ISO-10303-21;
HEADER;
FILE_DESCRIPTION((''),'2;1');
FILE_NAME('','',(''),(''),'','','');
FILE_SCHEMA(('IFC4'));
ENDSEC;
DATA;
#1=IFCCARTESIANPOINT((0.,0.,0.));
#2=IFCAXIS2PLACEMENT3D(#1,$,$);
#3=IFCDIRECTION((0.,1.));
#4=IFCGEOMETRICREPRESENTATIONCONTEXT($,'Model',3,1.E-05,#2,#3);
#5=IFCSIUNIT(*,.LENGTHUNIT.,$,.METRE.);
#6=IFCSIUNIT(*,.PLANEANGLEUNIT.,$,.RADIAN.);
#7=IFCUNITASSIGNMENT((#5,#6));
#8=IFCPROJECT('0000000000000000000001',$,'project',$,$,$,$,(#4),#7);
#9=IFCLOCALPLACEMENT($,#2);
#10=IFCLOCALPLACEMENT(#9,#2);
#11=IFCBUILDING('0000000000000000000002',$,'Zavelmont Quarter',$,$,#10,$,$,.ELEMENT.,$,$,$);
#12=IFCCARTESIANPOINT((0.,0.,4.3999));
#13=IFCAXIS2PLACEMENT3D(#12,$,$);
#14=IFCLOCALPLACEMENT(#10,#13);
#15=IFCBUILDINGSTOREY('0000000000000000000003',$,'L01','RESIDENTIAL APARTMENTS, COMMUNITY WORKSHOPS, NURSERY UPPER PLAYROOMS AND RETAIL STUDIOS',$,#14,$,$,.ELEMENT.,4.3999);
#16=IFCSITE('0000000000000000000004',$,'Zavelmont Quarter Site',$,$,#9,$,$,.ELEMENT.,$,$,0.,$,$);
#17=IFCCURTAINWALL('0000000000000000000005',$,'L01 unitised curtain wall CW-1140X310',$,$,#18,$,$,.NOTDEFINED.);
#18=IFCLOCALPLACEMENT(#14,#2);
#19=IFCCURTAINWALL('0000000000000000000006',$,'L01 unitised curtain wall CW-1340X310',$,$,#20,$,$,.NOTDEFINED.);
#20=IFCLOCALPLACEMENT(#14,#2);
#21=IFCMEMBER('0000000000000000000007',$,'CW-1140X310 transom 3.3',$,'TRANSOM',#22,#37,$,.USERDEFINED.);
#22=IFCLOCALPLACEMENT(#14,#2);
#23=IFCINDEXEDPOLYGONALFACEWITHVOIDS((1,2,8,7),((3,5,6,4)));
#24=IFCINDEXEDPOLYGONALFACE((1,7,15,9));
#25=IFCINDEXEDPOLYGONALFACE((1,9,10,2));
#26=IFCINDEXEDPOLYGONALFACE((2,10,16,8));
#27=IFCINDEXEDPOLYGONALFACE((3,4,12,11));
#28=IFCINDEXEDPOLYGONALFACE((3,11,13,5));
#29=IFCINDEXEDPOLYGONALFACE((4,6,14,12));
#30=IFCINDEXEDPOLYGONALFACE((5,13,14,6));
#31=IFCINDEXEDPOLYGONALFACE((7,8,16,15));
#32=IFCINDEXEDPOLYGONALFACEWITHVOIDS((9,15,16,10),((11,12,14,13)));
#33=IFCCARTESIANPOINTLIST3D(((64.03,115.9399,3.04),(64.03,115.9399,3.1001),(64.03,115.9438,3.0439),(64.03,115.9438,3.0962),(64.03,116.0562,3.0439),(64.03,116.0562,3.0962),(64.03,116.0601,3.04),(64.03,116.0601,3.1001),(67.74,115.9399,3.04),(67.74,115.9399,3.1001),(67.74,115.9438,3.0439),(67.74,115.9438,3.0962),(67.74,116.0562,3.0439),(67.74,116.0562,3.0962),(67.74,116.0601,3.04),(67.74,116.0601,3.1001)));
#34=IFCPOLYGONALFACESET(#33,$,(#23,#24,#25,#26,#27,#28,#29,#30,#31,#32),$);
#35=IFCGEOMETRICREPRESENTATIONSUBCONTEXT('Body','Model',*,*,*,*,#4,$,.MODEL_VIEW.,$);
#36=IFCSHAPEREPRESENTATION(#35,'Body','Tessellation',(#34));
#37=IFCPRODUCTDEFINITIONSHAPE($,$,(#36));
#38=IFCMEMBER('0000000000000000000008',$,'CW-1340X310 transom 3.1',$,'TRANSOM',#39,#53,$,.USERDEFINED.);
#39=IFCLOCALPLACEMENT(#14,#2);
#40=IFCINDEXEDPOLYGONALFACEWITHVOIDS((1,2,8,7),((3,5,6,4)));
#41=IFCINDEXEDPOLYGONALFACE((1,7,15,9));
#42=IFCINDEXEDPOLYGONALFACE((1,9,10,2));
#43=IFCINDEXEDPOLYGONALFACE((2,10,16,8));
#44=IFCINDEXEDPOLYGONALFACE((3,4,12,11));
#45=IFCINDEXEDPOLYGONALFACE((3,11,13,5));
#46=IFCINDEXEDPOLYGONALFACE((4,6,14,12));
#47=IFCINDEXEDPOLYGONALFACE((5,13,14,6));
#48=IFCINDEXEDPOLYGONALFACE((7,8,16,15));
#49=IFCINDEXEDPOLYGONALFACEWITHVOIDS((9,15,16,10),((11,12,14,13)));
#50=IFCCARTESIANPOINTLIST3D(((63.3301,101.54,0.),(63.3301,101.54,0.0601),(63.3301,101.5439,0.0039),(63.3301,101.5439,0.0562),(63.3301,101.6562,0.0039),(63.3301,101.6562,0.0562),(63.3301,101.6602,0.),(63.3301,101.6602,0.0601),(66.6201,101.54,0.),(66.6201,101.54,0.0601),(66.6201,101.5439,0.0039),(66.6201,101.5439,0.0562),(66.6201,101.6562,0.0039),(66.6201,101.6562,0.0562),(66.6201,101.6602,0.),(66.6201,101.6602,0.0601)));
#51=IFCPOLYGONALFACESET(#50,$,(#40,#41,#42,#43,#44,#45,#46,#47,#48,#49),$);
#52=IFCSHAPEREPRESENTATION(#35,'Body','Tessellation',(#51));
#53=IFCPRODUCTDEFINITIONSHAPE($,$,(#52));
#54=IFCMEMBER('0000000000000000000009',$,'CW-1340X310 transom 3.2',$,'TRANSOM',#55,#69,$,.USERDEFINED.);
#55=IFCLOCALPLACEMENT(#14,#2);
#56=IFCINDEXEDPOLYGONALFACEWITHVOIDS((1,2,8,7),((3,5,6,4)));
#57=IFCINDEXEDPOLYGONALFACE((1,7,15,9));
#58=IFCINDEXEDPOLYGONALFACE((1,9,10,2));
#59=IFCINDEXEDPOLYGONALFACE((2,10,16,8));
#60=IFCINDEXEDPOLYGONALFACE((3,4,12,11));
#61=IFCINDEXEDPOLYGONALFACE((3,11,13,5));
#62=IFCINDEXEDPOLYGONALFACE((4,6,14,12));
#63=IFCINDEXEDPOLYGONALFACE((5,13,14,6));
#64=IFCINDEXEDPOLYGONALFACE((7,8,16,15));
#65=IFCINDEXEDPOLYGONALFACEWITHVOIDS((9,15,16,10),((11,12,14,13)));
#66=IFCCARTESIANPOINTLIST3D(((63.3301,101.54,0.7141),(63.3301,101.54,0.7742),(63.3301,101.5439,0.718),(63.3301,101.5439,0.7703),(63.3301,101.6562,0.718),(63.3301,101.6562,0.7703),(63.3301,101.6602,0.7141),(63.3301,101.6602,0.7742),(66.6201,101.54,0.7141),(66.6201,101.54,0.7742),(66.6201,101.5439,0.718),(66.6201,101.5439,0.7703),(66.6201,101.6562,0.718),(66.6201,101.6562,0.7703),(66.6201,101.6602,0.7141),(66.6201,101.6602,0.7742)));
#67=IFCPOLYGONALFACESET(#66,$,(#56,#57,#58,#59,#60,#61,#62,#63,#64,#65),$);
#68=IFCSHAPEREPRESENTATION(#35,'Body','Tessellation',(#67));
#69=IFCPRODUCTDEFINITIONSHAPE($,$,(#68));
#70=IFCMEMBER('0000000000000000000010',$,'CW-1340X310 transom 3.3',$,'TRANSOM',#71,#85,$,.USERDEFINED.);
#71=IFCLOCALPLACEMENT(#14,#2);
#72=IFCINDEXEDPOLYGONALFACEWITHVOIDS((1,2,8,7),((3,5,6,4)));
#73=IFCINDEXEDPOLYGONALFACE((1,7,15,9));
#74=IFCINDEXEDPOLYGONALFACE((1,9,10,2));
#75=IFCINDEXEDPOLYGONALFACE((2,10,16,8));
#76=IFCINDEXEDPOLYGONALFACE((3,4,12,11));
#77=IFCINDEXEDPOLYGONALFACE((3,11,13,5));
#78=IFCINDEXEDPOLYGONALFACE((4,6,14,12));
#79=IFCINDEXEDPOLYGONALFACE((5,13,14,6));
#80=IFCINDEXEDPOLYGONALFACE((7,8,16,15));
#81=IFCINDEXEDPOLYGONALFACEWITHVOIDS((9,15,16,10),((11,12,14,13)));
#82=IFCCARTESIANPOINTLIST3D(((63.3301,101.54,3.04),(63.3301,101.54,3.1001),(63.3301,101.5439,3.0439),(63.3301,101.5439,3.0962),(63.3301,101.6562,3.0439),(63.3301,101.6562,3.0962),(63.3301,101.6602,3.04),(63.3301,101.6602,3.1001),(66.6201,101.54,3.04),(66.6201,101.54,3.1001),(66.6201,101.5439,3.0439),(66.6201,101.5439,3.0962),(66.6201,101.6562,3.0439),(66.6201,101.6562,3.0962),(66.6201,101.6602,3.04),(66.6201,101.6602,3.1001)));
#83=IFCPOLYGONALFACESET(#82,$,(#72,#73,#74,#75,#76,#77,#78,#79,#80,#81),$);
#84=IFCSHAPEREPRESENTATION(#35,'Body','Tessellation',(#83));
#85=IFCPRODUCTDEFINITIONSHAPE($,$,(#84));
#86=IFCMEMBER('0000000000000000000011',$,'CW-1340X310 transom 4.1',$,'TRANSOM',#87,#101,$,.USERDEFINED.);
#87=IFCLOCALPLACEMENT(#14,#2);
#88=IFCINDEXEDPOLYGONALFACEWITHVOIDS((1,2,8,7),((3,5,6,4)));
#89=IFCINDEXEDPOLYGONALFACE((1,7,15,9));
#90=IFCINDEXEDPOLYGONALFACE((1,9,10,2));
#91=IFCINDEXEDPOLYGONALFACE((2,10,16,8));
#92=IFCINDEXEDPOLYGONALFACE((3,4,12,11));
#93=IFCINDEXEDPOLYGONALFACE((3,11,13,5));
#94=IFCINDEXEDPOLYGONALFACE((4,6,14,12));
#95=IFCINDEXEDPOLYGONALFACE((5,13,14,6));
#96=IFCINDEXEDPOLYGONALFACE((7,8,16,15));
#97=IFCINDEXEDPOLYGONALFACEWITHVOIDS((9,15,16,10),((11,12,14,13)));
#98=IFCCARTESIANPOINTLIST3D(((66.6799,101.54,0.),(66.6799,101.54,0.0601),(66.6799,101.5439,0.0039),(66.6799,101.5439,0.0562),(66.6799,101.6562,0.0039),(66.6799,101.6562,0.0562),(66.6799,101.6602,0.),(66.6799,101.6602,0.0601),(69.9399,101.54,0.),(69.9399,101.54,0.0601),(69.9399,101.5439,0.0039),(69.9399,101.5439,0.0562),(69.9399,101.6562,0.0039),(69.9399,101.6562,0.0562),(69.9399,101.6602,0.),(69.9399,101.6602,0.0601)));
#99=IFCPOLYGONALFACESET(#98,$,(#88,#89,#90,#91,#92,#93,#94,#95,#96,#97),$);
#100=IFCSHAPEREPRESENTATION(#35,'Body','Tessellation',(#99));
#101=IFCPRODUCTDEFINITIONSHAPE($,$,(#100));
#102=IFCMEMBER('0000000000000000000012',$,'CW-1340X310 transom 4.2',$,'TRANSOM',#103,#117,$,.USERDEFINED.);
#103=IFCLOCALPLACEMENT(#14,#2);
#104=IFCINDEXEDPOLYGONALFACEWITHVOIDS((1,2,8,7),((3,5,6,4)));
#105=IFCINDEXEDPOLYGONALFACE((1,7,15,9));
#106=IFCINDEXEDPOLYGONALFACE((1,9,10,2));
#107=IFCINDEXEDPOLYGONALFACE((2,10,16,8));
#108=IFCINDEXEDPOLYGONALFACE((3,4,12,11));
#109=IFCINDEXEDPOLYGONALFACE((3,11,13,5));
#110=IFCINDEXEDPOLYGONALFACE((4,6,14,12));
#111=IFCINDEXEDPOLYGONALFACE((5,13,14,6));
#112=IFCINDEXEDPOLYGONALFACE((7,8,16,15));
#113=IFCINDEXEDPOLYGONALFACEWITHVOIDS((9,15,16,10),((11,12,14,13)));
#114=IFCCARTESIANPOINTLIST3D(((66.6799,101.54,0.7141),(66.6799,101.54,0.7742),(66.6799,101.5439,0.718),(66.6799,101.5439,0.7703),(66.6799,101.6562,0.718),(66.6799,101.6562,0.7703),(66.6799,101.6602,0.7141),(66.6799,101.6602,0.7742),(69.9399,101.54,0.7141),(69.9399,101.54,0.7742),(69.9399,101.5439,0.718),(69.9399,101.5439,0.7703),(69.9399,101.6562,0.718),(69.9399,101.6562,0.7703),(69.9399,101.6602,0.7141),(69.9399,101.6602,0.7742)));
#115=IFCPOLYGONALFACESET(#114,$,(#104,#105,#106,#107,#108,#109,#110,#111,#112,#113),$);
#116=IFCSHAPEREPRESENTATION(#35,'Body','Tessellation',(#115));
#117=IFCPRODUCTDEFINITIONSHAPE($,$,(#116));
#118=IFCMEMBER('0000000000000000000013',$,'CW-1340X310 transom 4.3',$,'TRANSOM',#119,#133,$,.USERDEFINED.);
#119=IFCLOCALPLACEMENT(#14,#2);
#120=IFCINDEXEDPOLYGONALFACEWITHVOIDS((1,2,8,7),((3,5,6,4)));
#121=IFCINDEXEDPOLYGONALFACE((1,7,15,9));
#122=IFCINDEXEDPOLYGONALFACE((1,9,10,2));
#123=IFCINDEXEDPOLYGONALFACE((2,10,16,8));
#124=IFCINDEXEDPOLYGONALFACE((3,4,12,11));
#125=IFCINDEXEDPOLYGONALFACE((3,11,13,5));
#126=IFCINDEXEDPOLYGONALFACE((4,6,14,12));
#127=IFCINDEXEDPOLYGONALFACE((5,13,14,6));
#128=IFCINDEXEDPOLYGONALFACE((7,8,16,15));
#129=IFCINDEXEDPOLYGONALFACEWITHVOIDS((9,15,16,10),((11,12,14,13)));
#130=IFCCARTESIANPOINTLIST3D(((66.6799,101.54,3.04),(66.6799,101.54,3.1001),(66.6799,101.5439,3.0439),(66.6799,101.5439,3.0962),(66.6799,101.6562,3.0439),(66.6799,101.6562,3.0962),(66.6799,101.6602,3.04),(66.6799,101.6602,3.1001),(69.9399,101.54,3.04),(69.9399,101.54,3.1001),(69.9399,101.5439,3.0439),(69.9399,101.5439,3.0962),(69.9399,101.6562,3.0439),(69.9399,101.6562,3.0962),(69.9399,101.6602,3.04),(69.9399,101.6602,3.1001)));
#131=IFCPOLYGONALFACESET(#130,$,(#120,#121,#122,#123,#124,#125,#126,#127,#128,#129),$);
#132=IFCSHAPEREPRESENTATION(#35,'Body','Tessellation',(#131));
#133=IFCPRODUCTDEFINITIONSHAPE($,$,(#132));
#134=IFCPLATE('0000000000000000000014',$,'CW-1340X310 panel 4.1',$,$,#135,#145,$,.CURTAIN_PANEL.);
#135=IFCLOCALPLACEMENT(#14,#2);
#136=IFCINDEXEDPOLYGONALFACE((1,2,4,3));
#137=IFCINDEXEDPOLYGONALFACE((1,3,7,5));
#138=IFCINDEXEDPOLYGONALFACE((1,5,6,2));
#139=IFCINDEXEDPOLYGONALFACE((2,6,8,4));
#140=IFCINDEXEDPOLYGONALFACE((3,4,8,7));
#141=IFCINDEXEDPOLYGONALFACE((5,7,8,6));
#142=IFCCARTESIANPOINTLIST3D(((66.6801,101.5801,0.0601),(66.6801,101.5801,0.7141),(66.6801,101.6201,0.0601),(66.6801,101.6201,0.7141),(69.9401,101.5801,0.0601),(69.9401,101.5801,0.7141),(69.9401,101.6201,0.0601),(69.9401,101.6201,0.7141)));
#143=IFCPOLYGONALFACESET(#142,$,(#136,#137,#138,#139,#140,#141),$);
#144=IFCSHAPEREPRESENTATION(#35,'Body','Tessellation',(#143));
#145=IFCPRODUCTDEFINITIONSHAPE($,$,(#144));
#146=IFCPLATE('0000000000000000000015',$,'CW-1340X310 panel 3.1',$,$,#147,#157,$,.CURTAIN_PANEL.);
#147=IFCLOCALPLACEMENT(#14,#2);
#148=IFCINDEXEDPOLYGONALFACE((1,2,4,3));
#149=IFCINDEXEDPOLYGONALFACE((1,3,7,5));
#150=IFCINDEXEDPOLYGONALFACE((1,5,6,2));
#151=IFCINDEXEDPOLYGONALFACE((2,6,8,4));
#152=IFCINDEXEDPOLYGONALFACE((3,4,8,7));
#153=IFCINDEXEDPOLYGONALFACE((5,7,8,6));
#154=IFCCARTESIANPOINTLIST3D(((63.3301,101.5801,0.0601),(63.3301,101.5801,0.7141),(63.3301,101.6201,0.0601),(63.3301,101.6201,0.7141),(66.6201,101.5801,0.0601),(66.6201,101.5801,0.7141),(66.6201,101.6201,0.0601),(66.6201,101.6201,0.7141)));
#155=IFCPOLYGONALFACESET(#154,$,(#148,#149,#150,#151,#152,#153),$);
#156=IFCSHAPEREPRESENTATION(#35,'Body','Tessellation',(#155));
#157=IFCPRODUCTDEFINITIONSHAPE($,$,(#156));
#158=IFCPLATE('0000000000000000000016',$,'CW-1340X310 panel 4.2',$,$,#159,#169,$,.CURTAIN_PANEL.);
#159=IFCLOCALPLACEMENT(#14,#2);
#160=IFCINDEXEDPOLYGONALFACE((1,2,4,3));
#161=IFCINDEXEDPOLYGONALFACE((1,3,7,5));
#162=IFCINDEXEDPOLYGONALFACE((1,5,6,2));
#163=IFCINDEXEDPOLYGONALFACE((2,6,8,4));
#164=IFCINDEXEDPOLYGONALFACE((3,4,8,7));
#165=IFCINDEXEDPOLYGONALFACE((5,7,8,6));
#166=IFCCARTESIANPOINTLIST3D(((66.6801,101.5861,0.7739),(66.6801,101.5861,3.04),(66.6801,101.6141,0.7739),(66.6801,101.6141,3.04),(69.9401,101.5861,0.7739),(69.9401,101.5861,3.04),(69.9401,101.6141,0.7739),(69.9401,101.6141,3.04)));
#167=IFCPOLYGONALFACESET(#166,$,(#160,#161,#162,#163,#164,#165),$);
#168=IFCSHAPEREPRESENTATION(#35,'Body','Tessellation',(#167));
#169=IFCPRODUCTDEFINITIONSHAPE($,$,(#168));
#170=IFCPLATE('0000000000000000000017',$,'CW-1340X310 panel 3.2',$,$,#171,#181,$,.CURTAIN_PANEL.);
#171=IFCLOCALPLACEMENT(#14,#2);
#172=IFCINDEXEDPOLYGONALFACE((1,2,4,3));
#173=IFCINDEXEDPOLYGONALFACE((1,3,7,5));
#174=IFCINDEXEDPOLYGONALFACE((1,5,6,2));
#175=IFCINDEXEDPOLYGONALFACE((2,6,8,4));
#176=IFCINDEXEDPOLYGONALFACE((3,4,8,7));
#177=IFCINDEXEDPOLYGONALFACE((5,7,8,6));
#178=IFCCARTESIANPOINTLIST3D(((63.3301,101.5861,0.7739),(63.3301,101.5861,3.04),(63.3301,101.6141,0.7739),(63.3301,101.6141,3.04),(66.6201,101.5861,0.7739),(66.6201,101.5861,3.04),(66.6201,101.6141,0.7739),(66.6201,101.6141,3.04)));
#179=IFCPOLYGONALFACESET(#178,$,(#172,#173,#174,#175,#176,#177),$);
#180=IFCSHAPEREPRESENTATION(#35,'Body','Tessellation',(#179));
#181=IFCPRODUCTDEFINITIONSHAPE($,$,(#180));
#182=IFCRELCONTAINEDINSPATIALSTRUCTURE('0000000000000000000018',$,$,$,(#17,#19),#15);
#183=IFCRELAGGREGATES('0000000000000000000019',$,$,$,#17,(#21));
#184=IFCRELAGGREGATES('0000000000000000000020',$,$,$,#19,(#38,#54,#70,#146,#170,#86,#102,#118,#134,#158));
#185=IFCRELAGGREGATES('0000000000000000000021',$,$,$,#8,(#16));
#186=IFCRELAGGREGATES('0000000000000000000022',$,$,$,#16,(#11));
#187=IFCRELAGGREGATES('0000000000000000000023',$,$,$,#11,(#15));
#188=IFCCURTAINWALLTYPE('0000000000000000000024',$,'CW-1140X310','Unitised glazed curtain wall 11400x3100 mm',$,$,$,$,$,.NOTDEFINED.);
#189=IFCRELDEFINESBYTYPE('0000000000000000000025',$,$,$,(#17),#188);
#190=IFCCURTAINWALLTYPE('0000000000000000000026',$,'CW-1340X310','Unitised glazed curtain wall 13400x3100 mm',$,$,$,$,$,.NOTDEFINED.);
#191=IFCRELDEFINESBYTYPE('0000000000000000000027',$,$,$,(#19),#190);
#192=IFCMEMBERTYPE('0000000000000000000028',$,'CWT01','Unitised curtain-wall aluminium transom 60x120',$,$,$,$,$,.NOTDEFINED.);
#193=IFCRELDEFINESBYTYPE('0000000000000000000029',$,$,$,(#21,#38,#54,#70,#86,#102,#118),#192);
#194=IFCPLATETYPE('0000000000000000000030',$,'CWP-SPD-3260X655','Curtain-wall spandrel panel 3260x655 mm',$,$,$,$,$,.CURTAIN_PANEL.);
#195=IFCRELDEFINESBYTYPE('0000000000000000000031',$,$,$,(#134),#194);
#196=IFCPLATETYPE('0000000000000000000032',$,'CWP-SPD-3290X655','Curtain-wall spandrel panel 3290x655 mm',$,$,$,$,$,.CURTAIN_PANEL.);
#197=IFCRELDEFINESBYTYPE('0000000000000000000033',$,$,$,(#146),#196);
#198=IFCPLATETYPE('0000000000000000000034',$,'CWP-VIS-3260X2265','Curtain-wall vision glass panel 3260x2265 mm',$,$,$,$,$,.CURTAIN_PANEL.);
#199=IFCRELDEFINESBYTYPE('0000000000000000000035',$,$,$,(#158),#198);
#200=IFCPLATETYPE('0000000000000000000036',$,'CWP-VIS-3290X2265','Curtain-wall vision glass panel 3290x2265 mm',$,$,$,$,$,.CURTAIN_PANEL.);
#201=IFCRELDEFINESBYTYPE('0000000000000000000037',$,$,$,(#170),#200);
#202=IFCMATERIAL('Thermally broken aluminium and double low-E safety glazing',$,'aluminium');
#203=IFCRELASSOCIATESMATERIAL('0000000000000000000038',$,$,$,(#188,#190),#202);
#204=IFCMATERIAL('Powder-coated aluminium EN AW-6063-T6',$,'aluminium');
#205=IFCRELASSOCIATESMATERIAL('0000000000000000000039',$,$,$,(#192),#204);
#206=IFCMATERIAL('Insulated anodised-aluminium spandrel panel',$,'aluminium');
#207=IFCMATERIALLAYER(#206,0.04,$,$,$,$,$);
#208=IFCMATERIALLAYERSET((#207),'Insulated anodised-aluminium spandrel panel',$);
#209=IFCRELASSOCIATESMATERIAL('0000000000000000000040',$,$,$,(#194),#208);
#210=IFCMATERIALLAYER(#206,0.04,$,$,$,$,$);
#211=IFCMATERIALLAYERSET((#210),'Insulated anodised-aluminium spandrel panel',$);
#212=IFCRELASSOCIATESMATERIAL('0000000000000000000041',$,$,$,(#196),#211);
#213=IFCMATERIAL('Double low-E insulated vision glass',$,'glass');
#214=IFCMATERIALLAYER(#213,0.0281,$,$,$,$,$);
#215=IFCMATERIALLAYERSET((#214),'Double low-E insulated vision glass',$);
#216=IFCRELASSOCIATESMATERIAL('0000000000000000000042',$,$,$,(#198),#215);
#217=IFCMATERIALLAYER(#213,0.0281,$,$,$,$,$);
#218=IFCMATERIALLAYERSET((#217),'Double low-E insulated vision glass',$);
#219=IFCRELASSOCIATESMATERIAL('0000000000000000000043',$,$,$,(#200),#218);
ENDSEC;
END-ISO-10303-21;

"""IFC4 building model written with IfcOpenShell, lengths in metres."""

from ifc_helpers import new_model, si_unit, direction, frame, origin, origin_2d, place, context, subcontext, project, spatial, rectangle, hollow_rectangle, extrude, material, layer, layer_set, material_profile, profile_set, type_object, element, aggregate, save


model = new_model("IFC4")

# Units and contexts
model_context = context("Model", 3, precision=1e-05, world=origin(), true_north=direction((0.0, 1.0)))
body_context = subcontext(model_context, "Body", "Model", "MODEL_VIEW")
ifc_project = project(units=[si_unit("LENGTHUNIT", "METRE"), si_unit("PLANEANGLEUNIT", "RADIAN")], contexts=[model_context])

# Site, building, storey
site_placement = place(None, origin())
site = spatial("IfcSite", under=ifc_project, at=site_placement, Name="Zavelmont Quarter Site", CompositionType="ELEMENT", RefElevation=0.0)
building_placement = place(site_placement, origin())
building = spatial("IfcBuilding", under=site, at=building_placement, Name="Zavelmont Quarter", CompositionType="ELEMENT")
storey_placement = place(building_placement, frame((0.0, 0.0, 4.3999)))
storey = spatial("IfcBuildingStorey", under=building, at=storey_placement, Name="L01", Description="RESIDENTIAL APARTMENTS, COMMUNITY WORKSHOPS, NURSERY UPPER PLAYROOMS AND RETAIL STUDIOS", CompositionType="ELEMENT", Elevation=4.3999)

# Curtain wall
ifc_material_1 = material(Name="Thermally broken aluminium and double low-E safety glazing", Category="aluminium")
curtain_wall_type_1 = type_object("IfcCurtainWallType", Name="CW-1140X310", Description="Unitised glazed curtain wall 11400x3100 mm", PredefinedType="NOTDEFINED", material=ifc_material_1)
curtain_wall_1_placement = place(storey_placement, origin())
curtain_wall_1 = element("IfcCurtainWall", 1, at=curtain_wall_1_placement, inside=storey, type_object=curtain_wall_type_1, Name="L01 unitised curtain wall CW-1140X310", PredefinedType="NOTDEFINED")
ifc_material_2 = material(Name="Powder-coated aluminium EN AW-6063-T6", Category="aluminium")

# Curtain wall
curtain_wall_type_2 = type_object("IfcCurtainWallType", Name="CW-1340X310", Description="Unitised glazed curtain wall 13400x3100 mm", PredefinedType="NOTDEFINED", material=ifc_material_1)
curtain_wall_2_placement = place(storey_placement, origin())
curtain_wall_2 = element("IfcCurtainWall", 2, at=curtain_wall_2_placement, inside=storey, type_object=curtain_wall_type_2, Name="L01 unitised curtain wall CW-1340X310", PredefinedType="NOTDEFINED")

# Members
ifc_material_profile_1 = material_profile(ifc_material_2, hollow_rectangle(XDim=0.1201, YDim=0.0601, WallThickness=0.0039, at=origin_2d()), Name="CWT60X120")
ifc_profile_set_1 = profile_set([ifc_material_profile_1], Name="Powder-coated aluminium EN AW-6063-T6")
member_type_1 = type_object("IfcMemberType", Name="CWT01", Description="Unitised curtain-wall aluminium transom 60x120", PredefinedType="NOTDEFINED", material=ifc_profile_set_1)
member_1_placement = place(storey_placement, frame((64.03, 116.0, 3.0701), z_axis=(1.0, 0.0, 0.0), x_axis=(0.0, 1.0, 0.0)))
member_1 = element("IfcMember", 3, at=member_1_placement, type_object=member_type_1, Name="CW-1140X310 transom 3.3", ObjectType="TRANSOM", PredefinedType="USERDEFINED", context=body_context, shape_type="SweptSolid", body=[
    extrude(hollow_rectangle(XDim=0.1201, YDim=0.0601, WallThickness=0.0039, at=origin_2d()), origin(), (0.0, 0.0, 1.0), 3.71),
])
aggregate(curtain_wall_1, [member_1])
member_2_placement = place(storey_placement, frame((63.3301, 101.6001, 0.03), z_axis=(1.0, 0.0, 0.0), x_axis=(0.0, 1.0, 0.0)))
member_2 = element("IfcMember", 4, at=member_2_placement, type_object=member_type_1, Name="CW-1340X310 transom 3.1", ObjectType="TRANSOM", PredefinedType="USERDEFINED", context=body_context, shape_type="SweptSolid", body=[
    extrude(hollow_rectangle(XDim=0.1201, YDim=0.0601, WallThickness=0.0039, at=origin_2d()), origin(), (0.0, 0.0, 1.0), 3.29),
])
member_3_placement = place(storey_placement, frame((63.3301, 101.6001, 0.7441), z_axis=(1.0, 0.0, 0.0), x_axis=(0.0, 1.0, 0.0)))
member_3 = element("IfcMember", 5, at=member_3_placement, type_object=member_type_1, Name="CW-1340X310 transom 3.2", ObjectType="TRANSOM", PredefinedType="USERDEFINED", context=body_context, shape_type="SweptSolid", body=[
    extrude(hollow_rectangle(XDim=0.1201, YDim=0.0601, WallThickness=0.0039, at=origin_2d()), origin(), (0.0, 0.0, 1.0), 3.29),
])
member_4_placement = place(storey_placement, frame((63.3301, 101.6001, 3.0701), z_axis=(1.0, 0.0, 0.0), x_axis=(0.0, 1.0, 0.0)))
member_4 = element("IfcMember", 6, at=member_4_placement, type_object=member_type_1, Name="CW-1340X310 transom 3.3", ObjectType="TRANSOM", PredefinedType="USERDEFINED", context=body_context, shape_type="SweptSolid", body=[
    extrude(hollow_rectangle(XDim=0.1201, YDim=0.0601, WallThickness=0.0039, at=origin_2d()), origin(), (0.0, 0.0, 1.0), 3.29),
])
member_5_placement = place(storey_placement, frame((66.6799, 101.6001, 0.03), z_axis=(1.0, 0.0, 0.0), x_axis=(0.0, 1.0, 0.0)))
member_5 = element("IfcMember", 7, at=member_5_placement, type_object=member_type_1, Name="CW-1340X310 transom 4.1", ObjectType="TRANSOM", PredefinedType="USERDEFINED", context=body_context, shape_type="SweptSolid", body=[
    extrude(hollow_rectangle(XDim=0.1201, YDim=0.0601, WallThickness=0.0039, at=origin_2d()), origin(), (0.0, 0.0, 1.0), 3.26),
])
member_6_placement = place(storey_placement, frame((66.6799, 101.6001, 0.7441), z_axis=(1.0, 0.0, 0.0), x_axis=(0.0, 1.0, 0.0)))
member_6 = element("IfcMember", 8, at=member_6_placement, type_object=member_type_1, Name="CW-1340X310 transom 4.2", ObjectType="TRANSOM", PredefinedType="USERDEFINED", context=body_context, shape_type="SweptSolid", body=[
    extrude(hollow_rectangle(XDim=0.1201, YDim=0.0601, WallThickness=0.0039, at=origin_2d()), origin(), (0.0, 0.0, 1.0), 3.26),
])
member_7_placement = place(storey_placement, frame((66.6799, 101.6001, 3.0701), z_axis=(1.0, 0.0, 0.0), x_axis=(0.0, 1.0, 0.0)))
member_7 = element("IfcMember", 9, at=member_7_placement, type_object=member_type_1, Name="CW-1340X310 transom 4.3", ObjectType="TRANSOM", PredefinedType="USERDEFINED", context=body_context, shape_type="SweptSolid", body=[
    extrude(hollow_rectangle(XDim=0.1201, YDim=0.0601, WallThickness=0.0039, at=origin_2d()), origin(), (0.0, 0.0, 1.0), 3.26),
])

# Plates
ifc_material_3 = material(Name="Insulated anodised-aluminium spandrel panel", Category="aluminium")
ifc_layer_1 = layer(ifc_material_3, 0.04)
ifc_layer_set_1 = layer_set([ifc_layer_1], Name="Insulated anodised-aluminium spandrel panel")
plate_type_1 = type_object("IfcPlateType", Name="CWP-SPD-3260X655", Description="Curtain-wall spandrel panel 3260x655 mm", PredefinedType="CURTAIN_PANEL", material=ifc_layer_set_1)
plate_1_placement = place(storey_placement, frame((68.3101, 101.6001, 0.0601), z_axis=(0.0, 0.0, 1.0), x_axis=(1.0, 0.0, 0.0)))
plate_1 = element("IfcPlate", 10, at=plate_1_placement, type_object=plate_type_1, Name="CW-1340X310 panel 4.1", PredefinedType="CURTAIN_PANEL", context=body_context, shape_type="SweptSolid", body=[
    extrude(rectangle(XDim=3.26, YDim=0.04, at=origin_2d()), origin(), (0.0, 0.0, 1.0), 0.6541),
])
ifc_layer_2 = layer(ifc_material_3, 0.04)
ifc_layer_set_2 = layer_set([ifc_layer_2], Name="Insulated anodised-aluminium spandrel panel")
plate_type_2 = type_object("IfcPlateType", Name="CWP-SPD-3290X655", Description="Curtain-wall spandrel panel 3290x655 mm", PredefinedType="CURTAIN_PANEL", material=ifc_layer_set_2)
plate_2_placement = place(storey_placement, frame((64.9751, 101.6001, 0.0601), z_axis=(0.0, 0.0, 1.0), x_axis=(1.0, 0.0, 0.0)))
plate_2 = element("IfcPlate", 11, at=plate_2_placement, type_object=plate_type_2, Name="CW-1340X310 panel 3.1", PredefinedType="CURTAIN_PANEL", context=body_context, shape_type="SweptSolid", body=[
    extrude(rectangle(XDim=3.29, YDim=0.04, at=origin_2d()), origin(), (0.0, 0.0, 1.0), 0.6541),
])
ifc_material_4 = material(Name="Double low-E insulated vision glass", Category="glass")
ifc_layer_3 = layer(ifc_material_4, 0.0281)
ifc_layer_set_3 = layer_set([ifc_layer_3], Name="Double low-E insulated vision glass")
plate_type_3 = type_object("IfcPlateType", Name="CWP-VIS-3260X2265", Description="Curtain-wall vision glass panel 3260x2265 mm", PredefinedType="CURTAIN_PANEL", material=ifc_layer_set_3)
plate_3_placement = place(storey_placement, frame((68.3101, 101.6001, 0.7739), z_axis=(0.0, 0.0, 1.0), x_axis=(1.0, 0.0, 0.0)))
plate_3 = element("IfcPlate", 12, at=plate_3_placement, type_object=plate_type_3, Name="CW-1340X310 panel 4.2", PredefinedType="CURTAIN_PANEL", context=body_context, shape_type="SweptSolid", body=[
    extrude(rectangle(XDim=3.26, YDim=0.0281, at=origin_2d()), origin(), (0.0, 0.0, 1.0), 2.2661),
])
ifc_layer_4 = layer(ifc_material_4, 0.0281)
ifc_layer_set_4 = layer_set([ifc_layer_4], Name="Double low-E insulated vision glass")
plate_type_4 = type_object("IfcPlateType", Name="CWP-VIS-3290X2265", Description="Curtain-wall vision glass panel 3290x2265 mm", PredefinedType="CURTAIN_PANEL", material=ifc_layer_set_4)
plate_4_placement = place(storey_placement, frame((64.9751, 101.6001, 0.7739), z_axis=(0.0, 0.0, 1.0), x_axis=(1.0, 0.0, 0.0)))
plate_4 = element("IfcPlate", 13, at=plate_4_placement, type_object=plate_type_4, Name="CW-1340X310 panel 3.2", PredefinedType="CURTAIN_PANEL", context=body_context, shape_type="SweptSolid", body=[
    extrude(rectangle(XDim=3.29, YDim=0.0281, at=origin_2d()), origin(), (0.0, 0.0, 1.0), 2.2661),
])
aggregate(curtain_wall_2, [member_2, member_3, member_4, plate_2, plate_4, member_5, member_6, member_7, plate_1, plate_3])

save(model, "model.ifc")
